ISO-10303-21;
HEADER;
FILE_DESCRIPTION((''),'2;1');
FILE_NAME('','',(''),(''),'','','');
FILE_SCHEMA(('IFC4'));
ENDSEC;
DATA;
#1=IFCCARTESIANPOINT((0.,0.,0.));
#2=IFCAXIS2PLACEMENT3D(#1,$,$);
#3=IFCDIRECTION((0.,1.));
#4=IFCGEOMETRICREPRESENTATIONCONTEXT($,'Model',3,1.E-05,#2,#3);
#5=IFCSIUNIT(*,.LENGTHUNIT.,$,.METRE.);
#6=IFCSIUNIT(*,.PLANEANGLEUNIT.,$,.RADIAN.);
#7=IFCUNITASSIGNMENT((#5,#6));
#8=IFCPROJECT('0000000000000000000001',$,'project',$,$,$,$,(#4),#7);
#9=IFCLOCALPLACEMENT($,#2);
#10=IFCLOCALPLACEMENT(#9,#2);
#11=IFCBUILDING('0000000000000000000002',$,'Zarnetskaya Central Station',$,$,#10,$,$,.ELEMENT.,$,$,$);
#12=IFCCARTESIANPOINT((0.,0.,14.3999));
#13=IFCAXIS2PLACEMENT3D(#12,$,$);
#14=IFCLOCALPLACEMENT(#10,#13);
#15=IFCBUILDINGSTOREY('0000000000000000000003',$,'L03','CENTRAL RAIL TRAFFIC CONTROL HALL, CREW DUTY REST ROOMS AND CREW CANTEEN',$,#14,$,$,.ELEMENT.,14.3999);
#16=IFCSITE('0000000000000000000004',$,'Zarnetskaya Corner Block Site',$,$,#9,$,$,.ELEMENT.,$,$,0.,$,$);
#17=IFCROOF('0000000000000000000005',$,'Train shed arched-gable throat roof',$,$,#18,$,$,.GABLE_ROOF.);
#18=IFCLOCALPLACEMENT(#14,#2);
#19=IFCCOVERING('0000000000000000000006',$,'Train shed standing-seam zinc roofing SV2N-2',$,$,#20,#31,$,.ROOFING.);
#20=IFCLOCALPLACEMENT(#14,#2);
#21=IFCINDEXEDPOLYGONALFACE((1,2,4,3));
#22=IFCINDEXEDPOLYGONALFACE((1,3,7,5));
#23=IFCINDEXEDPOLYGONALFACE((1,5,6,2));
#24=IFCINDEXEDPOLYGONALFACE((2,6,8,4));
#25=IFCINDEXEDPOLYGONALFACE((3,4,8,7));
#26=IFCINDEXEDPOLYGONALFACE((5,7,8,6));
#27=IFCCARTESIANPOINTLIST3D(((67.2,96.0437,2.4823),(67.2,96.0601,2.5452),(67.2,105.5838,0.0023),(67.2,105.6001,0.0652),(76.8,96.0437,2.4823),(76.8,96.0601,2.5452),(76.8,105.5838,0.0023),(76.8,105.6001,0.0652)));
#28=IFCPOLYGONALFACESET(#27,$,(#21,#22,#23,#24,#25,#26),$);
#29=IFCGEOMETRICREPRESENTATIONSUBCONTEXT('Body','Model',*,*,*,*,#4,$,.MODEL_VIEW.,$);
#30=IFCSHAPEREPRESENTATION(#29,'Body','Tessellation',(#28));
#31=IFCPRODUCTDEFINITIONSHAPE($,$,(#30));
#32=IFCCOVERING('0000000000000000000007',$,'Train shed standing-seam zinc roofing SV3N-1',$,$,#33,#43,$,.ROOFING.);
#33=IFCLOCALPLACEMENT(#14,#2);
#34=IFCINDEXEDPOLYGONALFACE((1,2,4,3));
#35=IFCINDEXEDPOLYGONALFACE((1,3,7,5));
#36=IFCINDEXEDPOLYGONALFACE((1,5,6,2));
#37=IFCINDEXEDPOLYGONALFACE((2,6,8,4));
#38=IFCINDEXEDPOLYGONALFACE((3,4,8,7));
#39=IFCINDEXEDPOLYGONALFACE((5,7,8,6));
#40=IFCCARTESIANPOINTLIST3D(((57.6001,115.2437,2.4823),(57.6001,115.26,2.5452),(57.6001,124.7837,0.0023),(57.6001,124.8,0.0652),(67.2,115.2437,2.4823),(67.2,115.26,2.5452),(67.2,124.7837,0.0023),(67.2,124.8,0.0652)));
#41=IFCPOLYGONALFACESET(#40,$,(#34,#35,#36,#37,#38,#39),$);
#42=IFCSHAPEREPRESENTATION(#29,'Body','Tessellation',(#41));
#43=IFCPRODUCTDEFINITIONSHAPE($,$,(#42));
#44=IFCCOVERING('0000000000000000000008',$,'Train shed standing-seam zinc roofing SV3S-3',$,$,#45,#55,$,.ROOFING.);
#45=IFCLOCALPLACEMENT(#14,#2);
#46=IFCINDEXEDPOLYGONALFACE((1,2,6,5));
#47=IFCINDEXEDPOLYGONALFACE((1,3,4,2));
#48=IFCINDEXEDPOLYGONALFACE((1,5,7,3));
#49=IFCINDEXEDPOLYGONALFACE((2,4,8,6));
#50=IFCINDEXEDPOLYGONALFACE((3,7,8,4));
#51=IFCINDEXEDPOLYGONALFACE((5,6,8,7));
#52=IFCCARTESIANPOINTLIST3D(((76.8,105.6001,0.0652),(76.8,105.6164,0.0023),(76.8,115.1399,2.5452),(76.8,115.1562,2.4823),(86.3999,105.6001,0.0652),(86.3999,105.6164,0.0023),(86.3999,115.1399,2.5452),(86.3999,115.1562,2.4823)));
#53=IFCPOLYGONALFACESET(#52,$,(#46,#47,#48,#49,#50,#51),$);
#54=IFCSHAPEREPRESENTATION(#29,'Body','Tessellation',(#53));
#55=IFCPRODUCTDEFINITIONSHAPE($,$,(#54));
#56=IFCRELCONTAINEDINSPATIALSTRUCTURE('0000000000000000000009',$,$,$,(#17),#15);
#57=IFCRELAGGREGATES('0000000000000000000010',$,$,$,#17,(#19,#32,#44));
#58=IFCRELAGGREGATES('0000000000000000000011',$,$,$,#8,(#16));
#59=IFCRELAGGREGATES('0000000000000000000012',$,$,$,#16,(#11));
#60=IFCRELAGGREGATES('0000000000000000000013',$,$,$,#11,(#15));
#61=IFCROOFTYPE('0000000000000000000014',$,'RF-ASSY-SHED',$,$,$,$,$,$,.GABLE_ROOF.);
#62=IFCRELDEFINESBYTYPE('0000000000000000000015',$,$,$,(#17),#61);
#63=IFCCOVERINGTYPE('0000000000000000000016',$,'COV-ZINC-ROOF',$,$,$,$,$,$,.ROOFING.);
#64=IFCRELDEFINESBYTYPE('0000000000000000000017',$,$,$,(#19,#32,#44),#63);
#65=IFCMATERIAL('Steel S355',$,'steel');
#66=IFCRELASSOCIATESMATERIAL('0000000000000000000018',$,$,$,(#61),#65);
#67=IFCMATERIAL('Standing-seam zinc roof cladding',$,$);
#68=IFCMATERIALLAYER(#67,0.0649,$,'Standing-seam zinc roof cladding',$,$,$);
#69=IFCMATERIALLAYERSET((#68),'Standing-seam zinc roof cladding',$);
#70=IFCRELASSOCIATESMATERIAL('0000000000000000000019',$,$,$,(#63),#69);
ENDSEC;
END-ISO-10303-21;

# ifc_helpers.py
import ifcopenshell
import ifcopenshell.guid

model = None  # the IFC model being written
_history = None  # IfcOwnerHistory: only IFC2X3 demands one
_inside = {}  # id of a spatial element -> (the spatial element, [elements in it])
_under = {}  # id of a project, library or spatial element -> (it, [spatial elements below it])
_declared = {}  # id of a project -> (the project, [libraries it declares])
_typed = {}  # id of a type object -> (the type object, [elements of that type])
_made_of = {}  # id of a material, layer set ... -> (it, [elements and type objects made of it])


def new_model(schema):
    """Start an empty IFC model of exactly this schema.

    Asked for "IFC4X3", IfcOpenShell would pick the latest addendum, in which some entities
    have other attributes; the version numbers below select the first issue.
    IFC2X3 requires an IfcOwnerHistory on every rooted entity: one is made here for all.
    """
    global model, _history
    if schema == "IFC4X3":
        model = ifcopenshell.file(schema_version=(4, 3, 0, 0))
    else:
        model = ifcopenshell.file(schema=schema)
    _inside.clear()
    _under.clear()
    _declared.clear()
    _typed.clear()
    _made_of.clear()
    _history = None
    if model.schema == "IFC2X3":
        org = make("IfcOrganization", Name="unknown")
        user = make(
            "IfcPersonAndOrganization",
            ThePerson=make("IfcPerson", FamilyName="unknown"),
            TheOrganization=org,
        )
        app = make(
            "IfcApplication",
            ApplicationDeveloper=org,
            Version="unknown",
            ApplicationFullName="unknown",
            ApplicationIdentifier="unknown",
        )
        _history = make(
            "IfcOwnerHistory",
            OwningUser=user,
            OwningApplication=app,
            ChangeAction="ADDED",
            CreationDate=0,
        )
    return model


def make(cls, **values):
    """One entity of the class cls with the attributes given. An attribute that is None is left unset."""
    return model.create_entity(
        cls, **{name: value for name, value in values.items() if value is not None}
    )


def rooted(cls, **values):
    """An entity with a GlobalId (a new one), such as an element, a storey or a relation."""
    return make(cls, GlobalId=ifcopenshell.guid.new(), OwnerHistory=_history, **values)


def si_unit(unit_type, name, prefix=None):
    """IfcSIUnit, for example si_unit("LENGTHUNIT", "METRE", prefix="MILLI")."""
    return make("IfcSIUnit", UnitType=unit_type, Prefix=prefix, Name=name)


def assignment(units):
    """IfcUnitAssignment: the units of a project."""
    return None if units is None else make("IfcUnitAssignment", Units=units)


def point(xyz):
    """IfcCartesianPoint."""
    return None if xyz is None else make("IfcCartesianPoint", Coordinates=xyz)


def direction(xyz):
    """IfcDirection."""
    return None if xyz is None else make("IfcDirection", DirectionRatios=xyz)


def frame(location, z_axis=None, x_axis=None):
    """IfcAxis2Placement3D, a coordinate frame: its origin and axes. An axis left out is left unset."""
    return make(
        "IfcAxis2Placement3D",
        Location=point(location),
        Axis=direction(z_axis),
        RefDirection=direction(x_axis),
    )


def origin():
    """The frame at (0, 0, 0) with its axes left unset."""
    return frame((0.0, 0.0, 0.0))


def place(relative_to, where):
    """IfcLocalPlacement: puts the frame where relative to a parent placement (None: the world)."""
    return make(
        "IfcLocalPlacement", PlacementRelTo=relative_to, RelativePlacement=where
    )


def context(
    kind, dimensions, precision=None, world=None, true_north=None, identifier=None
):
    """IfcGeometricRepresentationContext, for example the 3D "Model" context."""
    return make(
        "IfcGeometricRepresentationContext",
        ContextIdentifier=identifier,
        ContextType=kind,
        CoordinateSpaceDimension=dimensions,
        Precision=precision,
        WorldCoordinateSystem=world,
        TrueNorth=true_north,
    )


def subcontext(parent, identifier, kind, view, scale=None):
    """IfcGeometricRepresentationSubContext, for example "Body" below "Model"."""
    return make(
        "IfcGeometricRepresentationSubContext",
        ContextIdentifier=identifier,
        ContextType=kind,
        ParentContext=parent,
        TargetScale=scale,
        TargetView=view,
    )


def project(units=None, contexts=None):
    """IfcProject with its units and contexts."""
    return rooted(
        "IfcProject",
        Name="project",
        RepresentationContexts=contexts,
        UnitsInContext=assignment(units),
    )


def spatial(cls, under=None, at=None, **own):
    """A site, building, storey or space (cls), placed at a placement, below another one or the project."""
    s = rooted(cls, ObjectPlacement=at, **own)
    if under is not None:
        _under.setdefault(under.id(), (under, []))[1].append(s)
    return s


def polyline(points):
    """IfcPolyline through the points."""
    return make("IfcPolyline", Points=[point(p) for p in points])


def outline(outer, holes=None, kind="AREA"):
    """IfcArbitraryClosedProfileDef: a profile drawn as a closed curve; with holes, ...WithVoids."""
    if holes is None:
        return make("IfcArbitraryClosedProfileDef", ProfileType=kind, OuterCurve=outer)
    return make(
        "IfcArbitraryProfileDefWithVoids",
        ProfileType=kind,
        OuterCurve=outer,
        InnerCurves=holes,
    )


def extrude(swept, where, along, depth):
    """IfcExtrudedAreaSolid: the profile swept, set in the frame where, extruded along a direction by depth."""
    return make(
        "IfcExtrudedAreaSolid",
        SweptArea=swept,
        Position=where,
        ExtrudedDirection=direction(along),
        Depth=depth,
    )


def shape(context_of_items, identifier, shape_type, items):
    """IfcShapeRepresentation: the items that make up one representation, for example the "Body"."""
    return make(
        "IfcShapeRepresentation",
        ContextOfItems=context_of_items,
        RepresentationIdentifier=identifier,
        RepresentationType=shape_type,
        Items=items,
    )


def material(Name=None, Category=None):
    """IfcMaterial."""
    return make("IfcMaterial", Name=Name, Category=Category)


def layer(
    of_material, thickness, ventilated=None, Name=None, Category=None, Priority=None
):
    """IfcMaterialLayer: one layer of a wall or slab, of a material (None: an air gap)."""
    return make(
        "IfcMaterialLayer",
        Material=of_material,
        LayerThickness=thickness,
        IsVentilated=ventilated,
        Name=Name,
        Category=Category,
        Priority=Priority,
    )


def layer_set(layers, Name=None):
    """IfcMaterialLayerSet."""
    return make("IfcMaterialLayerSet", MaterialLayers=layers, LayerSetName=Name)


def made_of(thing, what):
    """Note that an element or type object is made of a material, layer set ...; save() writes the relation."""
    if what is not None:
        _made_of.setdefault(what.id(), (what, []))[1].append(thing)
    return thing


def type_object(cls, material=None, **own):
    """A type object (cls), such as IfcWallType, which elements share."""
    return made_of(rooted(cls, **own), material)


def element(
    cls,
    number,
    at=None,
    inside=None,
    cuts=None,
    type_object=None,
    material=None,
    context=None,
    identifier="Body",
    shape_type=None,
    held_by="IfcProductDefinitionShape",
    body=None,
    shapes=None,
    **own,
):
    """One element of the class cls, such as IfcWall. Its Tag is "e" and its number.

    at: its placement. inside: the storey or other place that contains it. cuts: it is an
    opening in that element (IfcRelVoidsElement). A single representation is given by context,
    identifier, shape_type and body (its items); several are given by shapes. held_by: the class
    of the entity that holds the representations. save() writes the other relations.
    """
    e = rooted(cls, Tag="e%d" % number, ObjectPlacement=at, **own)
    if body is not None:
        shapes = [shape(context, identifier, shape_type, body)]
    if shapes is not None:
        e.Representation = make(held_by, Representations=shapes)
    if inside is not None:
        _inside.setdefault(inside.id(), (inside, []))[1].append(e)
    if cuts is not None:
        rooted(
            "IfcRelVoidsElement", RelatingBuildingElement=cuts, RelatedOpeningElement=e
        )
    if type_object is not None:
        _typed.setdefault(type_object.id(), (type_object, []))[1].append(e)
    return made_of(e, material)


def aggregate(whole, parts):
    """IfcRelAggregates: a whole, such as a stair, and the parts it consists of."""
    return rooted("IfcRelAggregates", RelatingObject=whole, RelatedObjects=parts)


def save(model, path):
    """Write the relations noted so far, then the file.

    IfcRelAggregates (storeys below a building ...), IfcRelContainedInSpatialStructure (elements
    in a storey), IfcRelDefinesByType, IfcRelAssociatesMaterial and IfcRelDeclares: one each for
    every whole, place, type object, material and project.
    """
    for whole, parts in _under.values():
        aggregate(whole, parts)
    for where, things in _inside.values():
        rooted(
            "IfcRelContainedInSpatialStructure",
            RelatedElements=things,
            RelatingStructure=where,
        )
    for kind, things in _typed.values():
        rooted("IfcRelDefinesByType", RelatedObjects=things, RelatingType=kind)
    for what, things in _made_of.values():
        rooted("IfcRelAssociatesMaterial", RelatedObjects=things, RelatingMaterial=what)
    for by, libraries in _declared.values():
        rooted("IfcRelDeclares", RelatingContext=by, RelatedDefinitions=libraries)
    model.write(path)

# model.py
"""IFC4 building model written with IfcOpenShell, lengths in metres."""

from ifc_helpers import new_model, si_unit, direction, frame, origin, place, context, subcontext, project, spatial, polyline, outline, extrude, material, layer, layer_set, type_object, element, aggregate, save


model = new_model("IFC4")

# Units and contexts
model_context = context("Model", 3, precision=1e-05, world=origin(), true_north=direction((0.0, 1.0)))
body_context = subcontext(model_context, "Body", "Model", "MODEL_VIEW")
ifc_project = project(units=[si_unit("LENGTHUNIT", "METRE"), si_unit("PLANEANGLEUNIT", "RADIAN")], contexts=[model_context])

# Site, building, storey
site_placement = place(None, origin())
site = spatial("IfcSite", under=ifc_project, at=site_placement, Name="Zarnetskaya Corner Block Site", CompositionType="ELEMENT", RefElevation=0.0)
building_placement = place(site_placement, origin())
building = spatial("IfcBuilding", under=site, at=building_placement, Name="Zarnetskaya Central Station", CompositionType="ELEMENT")
storey_placement = place(building_placement, frame((0.0, 0.0, 14.3999)))
storey = spatial("IfcBuildingStorey", under=building, at=storey_placement, Name="L03", Description="CENTRAL RAIL TRAFFIC CONTROL HALL, CREW DUTY REST ROOMS AND CREW CANTEEN", CompositionType="ELEMENT", Elevation=14.3999)

# Shared definitions
ifc_material_1 = material(Name="Steel S355", Category="steel")

# Roof, coverings
roof_type = type_object("IfcRoofType", Name="RF-ASSY-SHED", PredefinedType="GABLE_ROOF", material=ifc_material_1)
roof_placement = place(storey_placement, origin())
roof = element("IfcRoof", 1, at=roof_placement, inside=storey, type_object=roof_type, Name="Train shed arched-gable throat roof", PredefinedType="GABLE_ROOF")
ifc_material_2 = material(Name="Standing-seam zinc roof cladding")
ifc_layer_1 = layer(ifc_material_2, 0.0649, Name="Standing-seam zinc roof cladding")
ifc_layer_set_1 = layer_set([ifc_layer_1], Name="Standing-seam zinc roof cladding")
covering_type = type_object("IfcCoveringType", Name="COV-ZINC-ROOF", PredefinedType="ROOFING", material=ifc_layer_set_1)
covering_1_placement = place(storey_placement, frame((76.8, 105.6001, 0.0652), z_axis=(0.0, 0.251593, 0.967833), x_axis=(-1.0, 0.0, 0.0)))
covering_1 = element("IfcCovering", 2, at=covering_1_placement, type_object=covering_type, Name="Train shed standing-seam zinc roofing SV2N-2", PredefinedType="ROOFING", context=body_context, shape_type="SweptSolid", body=[
    extrude(outline(polyline([(0.0, 0.0), (9.6001, 0.0), (9.6001, 9.8571), (0.0, 9.8571), (0.0, 0.0)])), origin(), (0.0, 0.0, -1.0), 0.0649),
])
covering_2_placement = place(storey_placement, frame((67.2, 124.8, 0.0652), z_axis=(0.0, 0.251593, 0.967833), x_axis=(-1.0, 0.0, 0.0)))
covering_2 = element("IfcCovering", 3, at=covering_2_placement, type_object=covering_type, Name="Train shed standing-seam zinc roofing SV3N-1", PredefinedType="ROOFING", context=body_context, shape_type="SweptSolid", body=[
    extrude(outline(polyline([(0.0, 0.0), (9.5999, 0.0), (9.5999, 9.8571), (0.0, 9.8571), (0.0, 0.0)])), origin(), (0.0, 0.0, -1.0), 0.0649),
])
covering_3_placement = place(storey_placement, frame((76.8, 105.6001, 0.0652), z_axis=(0.0, -0.251599, 0.967832), x_axis=(1.0, 0.0, 0.0)))
covering_3 = element("IfcCovering", 4, at=covering_3_placement, type_object=covering_type, Name="Train shed standing-seam zinc roofing SV3S-3", PredefinedType="ROOFING", context=body_context, shape_type="SweptSolid", body=[
    extrude(outline(polyline([(0.0, 0.0), (9.5999, 0.0), (9.5999, 9.8569), (0.0, 9.8569), (0.0, 0.0)])), origin(), (0.0, 0.0, -1.0), 0.0649),
])
aggregate(roof, [covering_1, covering_2, covering_3])

save(model, "model.ifc")
